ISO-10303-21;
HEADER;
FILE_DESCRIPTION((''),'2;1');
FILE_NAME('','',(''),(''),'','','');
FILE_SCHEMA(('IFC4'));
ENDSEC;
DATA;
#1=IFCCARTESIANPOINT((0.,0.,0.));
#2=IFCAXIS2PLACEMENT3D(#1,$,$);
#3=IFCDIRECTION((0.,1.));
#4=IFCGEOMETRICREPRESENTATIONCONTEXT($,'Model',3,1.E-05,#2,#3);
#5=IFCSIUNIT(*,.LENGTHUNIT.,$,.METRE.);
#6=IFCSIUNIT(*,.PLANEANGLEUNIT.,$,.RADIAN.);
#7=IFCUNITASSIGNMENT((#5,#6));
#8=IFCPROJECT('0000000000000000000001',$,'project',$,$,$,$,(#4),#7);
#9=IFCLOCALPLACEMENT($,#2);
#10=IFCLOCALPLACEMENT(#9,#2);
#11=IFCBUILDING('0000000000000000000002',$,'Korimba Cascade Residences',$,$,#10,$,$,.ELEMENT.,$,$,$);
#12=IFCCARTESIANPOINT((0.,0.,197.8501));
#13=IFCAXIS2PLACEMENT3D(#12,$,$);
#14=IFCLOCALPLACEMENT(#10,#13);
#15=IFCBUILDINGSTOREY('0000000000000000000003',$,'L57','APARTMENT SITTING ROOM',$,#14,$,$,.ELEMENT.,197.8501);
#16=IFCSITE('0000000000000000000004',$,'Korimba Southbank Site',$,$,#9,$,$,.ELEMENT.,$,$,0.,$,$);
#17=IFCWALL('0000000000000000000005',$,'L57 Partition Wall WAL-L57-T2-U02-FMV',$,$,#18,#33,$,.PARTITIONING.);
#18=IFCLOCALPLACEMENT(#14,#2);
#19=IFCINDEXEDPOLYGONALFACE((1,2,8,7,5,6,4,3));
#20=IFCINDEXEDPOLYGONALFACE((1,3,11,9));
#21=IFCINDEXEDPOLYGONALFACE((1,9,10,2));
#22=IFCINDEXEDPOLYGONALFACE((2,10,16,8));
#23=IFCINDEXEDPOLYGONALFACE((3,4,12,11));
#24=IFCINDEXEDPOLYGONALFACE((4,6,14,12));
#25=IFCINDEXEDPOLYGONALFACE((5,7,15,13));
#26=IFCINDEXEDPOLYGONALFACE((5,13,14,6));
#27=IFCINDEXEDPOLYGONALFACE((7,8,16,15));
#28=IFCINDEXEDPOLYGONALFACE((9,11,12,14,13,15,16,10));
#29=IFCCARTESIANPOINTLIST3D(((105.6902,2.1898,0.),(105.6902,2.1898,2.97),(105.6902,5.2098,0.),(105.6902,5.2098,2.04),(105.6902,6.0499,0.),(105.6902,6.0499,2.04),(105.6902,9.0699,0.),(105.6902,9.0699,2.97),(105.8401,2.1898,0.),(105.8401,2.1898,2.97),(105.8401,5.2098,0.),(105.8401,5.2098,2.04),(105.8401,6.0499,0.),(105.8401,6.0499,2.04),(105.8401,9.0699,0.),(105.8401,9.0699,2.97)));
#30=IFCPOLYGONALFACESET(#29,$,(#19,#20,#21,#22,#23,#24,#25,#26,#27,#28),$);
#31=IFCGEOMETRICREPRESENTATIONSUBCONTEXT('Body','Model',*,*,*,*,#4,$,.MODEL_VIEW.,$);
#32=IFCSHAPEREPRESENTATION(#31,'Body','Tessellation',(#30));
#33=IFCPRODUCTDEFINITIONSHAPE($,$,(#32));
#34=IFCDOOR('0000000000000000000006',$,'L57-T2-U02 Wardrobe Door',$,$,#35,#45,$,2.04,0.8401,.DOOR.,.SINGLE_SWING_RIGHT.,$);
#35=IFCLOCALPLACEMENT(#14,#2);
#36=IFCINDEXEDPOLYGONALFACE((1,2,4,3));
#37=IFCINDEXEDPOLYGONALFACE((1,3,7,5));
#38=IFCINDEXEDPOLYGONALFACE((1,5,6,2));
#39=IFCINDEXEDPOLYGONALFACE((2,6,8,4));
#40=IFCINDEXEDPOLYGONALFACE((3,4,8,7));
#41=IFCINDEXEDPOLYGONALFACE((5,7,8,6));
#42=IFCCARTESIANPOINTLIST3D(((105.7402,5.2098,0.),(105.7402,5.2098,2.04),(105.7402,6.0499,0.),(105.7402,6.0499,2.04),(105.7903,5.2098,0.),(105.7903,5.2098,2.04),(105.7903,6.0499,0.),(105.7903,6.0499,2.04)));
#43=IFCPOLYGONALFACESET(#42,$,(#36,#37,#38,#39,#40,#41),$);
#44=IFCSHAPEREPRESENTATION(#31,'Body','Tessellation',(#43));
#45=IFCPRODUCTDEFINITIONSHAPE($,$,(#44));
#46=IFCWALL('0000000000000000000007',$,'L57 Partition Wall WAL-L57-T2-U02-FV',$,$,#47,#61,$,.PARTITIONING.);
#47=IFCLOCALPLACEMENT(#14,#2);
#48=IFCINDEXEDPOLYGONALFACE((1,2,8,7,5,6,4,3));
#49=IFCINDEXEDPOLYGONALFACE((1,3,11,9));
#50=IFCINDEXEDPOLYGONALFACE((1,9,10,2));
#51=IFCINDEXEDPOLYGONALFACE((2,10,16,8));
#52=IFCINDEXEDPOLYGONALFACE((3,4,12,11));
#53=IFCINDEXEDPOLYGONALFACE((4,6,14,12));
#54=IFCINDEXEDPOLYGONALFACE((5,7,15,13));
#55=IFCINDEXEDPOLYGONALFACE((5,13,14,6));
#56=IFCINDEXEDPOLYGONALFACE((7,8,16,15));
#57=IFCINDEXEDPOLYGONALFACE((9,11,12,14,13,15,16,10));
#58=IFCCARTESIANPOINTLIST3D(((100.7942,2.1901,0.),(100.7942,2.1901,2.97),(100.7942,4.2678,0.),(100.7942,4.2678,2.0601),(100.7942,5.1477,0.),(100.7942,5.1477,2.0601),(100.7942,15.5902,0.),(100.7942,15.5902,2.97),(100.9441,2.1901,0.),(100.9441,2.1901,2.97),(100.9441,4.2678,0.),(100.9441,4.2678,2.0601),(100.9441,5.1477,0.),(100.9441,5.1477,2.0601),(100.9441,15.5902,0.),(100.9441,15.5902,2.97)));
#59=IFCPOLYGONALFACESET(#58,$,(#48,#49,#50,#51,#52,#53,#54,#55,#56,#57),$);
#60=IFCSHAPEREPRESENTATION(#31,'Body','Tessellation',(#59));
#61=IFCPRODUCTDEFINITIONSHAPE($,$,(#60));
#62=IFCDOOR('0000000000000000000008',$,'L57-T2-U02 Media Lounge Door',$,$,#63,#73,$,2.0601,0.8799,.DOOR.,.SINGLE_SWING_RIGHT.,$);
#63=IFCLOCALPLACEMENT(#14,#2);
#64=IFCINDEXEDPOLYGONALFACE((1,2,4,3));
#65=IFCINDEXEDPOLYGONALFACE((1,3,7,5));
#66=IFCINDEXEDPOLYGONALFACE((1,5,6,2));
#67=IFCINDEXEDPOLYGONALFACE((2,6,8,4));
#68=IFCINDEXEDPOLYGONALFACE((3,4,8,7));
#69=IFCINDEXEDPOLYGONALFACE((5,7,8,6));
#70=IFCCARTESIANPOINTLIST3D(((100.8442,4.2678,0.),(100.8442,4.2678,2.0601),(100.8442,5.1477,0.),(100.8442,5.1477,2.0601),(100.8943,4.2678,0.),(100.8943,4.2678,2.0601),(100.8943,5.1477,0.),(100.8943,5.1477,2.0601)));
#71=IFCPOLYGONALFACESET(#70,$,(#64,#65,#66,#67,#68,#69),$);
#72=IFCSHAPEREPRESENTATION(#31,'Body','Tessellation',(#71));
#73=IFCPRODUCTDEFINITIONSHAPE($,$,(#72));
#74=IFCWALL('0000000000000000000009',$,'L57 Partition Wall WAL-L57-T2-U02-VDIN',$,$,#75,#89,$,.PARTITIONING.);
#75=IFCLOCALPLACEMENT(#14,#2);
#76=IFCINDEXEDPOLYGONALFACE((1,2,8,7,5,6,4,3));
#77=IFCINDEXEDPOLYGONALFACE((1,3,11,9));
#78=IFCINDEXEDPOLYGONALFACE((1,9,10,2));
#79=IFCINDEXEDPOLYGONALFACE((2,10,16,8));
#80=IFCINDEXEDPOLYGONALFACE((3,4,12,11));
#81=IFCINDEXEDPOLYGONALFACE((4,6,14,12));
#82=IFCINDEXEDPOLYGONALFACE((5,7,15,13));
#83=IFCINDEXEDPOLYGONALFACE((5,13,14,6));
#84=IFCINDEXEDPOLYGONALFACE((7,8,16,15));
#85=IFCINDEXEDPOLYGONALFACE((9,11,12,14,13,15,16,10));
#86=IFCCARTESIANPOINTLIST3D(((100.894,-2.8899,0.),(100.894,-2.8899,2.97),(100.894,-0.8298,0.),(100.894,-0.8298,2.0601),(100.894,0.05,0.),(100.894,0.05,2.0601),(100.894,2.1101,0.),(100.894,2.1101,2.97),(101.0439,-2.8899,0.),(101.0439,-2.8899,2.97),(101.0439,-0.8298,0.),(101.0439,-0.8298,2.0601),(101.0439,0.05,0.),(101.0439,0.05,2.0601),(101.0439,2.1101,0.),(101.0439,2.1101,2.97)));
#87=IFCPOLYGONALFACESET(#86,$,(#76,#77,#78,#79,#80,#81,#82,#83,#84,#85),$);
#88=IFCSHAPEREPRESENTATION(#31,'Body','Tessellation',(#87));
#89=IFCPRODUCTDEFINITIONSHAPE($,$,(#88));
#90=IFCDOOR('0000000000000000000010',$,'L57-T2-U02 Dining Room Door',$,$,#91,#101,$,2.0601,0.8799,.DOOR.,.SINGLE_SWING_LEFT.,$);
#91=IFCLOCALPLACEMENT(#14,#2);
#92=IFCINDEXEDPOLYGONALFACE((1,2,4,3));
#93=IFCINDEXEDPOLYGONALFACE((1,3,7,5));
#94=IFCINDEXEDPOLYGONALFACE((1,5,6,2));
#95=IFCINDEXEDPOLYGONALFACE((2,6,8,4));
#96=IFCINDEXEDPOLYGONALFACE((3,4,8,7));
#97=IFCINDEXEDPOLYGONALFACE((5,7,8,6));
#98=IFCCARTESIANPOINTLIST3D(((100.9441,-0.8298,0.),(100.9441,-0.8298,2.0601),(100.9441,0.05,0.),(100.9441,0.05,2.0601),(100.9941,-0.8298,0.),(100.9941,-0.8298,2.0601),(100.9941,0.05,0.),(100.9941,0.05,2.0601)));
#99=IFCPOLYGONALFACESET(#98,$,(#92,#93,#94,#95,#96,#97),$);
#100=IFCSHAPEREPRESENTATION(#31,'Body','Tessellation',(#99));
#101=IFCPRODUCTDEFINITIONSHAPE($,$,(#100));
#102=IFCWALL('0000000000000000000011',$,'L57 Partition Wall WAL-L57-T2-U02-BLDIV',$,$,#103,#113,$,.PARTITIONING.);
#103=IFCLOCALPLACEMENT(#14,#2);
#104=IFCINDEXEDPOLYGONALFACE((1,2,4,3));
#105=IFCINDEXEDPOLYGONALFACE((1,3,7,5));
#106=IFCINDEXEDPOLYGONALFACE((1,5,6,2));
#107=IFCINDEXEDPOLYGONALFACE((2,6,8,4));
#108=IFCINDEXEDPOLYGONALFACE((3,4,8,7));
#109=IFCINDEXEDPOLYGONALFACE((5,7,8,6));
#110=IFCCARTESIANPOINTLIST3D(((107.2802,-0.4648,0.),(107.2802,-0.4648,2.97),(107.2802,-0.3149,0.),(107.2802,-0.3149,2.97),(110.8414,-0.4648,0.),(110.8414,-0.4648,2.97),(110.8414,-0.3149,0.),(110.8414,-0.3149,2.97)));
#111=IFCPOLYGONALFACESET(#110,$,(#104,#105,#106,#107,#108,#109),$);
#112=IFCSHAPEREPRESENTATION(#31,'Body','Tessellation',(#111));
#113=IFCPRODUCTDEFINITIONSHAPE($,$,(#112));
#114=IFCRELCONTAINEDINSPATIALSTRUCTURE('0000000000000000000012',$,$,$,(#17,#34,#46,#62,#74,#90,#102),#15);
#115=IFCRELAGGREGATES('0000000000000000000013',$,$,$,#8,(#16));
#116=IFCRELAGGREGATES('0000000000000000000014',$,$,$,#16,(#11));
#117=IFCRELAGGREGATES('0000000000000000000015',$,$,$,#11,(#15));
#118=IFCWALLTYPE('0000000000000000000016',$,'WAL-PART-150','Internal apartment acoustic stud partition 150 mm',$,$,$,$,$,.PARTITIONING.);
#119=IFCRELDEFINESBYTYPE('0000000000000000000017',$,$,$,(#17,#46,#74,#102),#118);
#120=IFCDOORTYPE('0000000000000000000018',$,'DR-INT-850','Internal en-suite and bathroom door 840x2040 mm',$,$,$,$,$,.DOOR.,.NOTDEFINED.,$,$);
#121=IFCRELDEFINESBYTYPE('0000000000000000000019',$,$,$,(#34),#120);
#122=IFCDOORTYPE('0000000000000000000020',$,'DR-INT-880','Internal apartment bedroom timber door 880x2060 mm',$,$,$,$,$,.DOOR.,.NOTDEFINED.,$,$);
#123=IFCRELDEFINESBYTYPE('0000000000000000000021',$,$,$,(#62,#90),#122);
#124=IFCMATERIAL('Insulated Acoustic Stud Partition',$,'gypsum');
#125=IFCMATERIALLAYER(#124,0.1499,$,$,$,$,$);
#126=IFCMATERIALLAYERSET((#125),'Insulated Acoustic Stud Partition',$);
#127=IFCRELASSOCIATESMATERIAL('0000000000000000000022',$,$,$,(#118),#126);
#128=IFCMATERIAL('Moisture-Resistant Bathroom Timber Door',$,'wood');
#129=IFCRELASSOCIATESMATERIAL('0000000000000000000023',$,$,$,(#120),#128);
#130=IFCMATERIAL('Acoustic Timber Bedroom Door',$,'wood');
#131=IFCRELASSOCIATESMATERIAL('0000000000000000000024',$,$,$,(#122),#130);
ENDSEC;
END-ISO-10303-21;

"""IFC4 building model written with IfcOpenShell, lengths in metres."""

from ifc_helpers import new_model, si_unit, direction, frame, frame_2d, origin, place, context, subcontext, project, spatial, rectangle, extrude, material, layer, layer_set, type_object, element, fill, save


model = new_model("IFC4")

# Units and contexts
model_context = context("Model", 3, precision=1e-05, world=origin(), true_north=direction((0.0, 1.0)))
body_context = subcontext(model_context, "Body", "Model", "MODEL_VIEW")
ifc_project = project(units=[si_unit("LENGTHUNIT", "METRE"), si_unit("PLANEANGLEUNIT", "RADIAN")], contexts=[model_context])

# Site, building, storey
site_placement = place(None, origin())
site = spatial("IfcSite", under=ifc_project, at=site_placement, Name="Korimba Southbank Site", CompositionType="ELEMENT", RefElevation=0.0)
building_placement = place(site_placement, origin())
building = spatial("IfcBuilding", under=site, at=building_placement, Name="Korimba Cascade Residences", CompositionType="ELEMENT")
storey_placement = place(building_placement, frame((0.0, 0.0, 197.8501)))
storey = spatial("IfcBuildingStorey", under=building, at=storey_placement, Name="L57", Description="APARTMENT SITTING ROOM", CompositionType="ELEMENT", Elevation=197.8501)

# Walls, openings, doors
ifc_material_1 = material(Name="Insulated Acoustic Stud Partition", Category="gypsum")
ifc_layer = layer(ifc_material_1, 0.1499)
ifc_layer_set = layer_set([ifc_layer], Name="Insulated Acoustic Stud Partition")
wall_type = type_object("IfcWallType", Name="WAL-PART-150", Description="Internal apartment acoustic stud partition 150 mm", PredefinedType="PARTITIONING", material=ifc_layer_set)
wall_1_placement = place(storey_placement, frame((105.7651, 2.1899, 0.0), z_axis=(0.0, 0.0, 1.0), x_axis=(0.0, 1.0, 0.0)))
wall_1 = element("IfcWall", 1, at=wall_1_placement, inside=storey, type_object=wall_type, Name="L57 Partition Wall WAL-L57-T2-U02-FMV", PredefinedType="PARTITIONING", context=body_context, shape_type="SweptSolid", body=[
    extrude(rectangle(XDim=6.8801, YDim=0.1499, at=frame_2d((3.4399, 0.0))), origin(), (0.0, 0.0, 1.0), 2.97),
])
opening_1_placement = place(wall_1_placement, frame((3.02, 0.0, 0.0)))
opening_1 = element("IfcOpeningElement", 2, at=opening_1_placement, cuts=wall_1, PredefinedType="OPENING", context=body_context, shape_type="SweptSolid", body=[
    extrude(rectangle(XDim=0.8401, YDim=2.04, at=frame_2d((0.4199, 1.02))), frame((0.0, 0.085, 0.0), z_axis=(0.0, -1.0, 0.0), x_axis=(1.0, 0.0, 0.0)), (0.0, 0.0, 1.0), 0.1699),
])
ifc_material_2 = material(Name="Moisture-Resistant Bathroom Timber Door", Category="wood")
door_type_1 = type_object("IfcDoorType", Name="DR-INT-850", Description="Internal en-suite and bathroom door 840x2040 mm", OperationType="NOTDEFINED", PredefinedType="DOOR", material=ifc_material_2)
door_1_placement = place(opening_1_placement, origin())
door_1 = element("IfcDoor", 3, at=door_1_placement, inside=storey, type_object=door_type_1, Name="L57-T2-U02 Wardrobe Door", OperationType="SINGLE_SWING_RIGHT", OverallHeight=2.04, OverallWidth=0.8401, PredefinedType="DOOR", context=body_context, shape_type="SweptSolid", body=[
    extrude(rectangle(XDim=0.8401, YDim=2.04, at=frame_2d((0.4199, 1.02))), frame((0.0, 0.0249, 0.0), z_axis=(0.0, -1.0, 0.0), x_axis=(1.0, 0.0, 0.0)), (0.0, 0.0, 1.0), 0.05),
])
fill(opening_1, door_1)
wall_2_placement = place(storey_placement, frame((100.8691, 2.1899, 0.0), z_axis=(0.0, 0.0, 1.0), x_axis=(0.0, 1.0, 0.0)))
wall_2 = element("IfcWall", 4, at=wall_2_placement, inside=storey, type_object=wall_type, Name="L57 Partition Wall WAL-L57-T2-U02-FV", PredefinedType="PARTITIONING", context=body_context, shape_type="SweptSolid", body=[
    extrude(rectangle(XDim=13.4001, YDim=0.1499, at=frame_2d((6.7002, 0.0))), origin(), (0.0, 0.0, 1.0), 2.97),
])
opening_2_placement = place(wall_2_placement, frame((2.0779, 0.0, 0.0)))
opening_2 = element("IfcOpeningElement", 5, at=opening_2_placement, cuts=wall_2, PredefinedType="OPENING", context=body_context, shape_type="SweptSolid", body=[
    extrude(rectangle(XDim=0.8799, YDim=2.0601, at=frame_2d((0.4399, 1.03))), frame((0.0, 0.085, 0.0), z_axis=(0.0, -1.0, 0.0), x_axis=(1.0, 0.0, 0.0)), (0.0, 0.0, 1.0), 0.1699),
])
ifc_material_3 = material(Name="Acoustic Timber Bedroom Door", Category="wood")
door_type_2 = type_object("IfcDoorType", Name="DR-INT-880", Description="Internal apartment bedroom timber door 880x2060 mm", OperationType="NOTDEFINED", PredefinedType="DOOR", material=ifc_material_3)
door_2_placement = place(opening_2_placement, origin())
door_2 = element("IfcDoor", 6, at=door_2_placement, inside=storey, type_object=door_type_2, Name="L57-T2-U02 Media Lounge Door", OperationType="SINGLE_SWING_RIGHT", OverallHeight=2.0601, OverallWidth=0.8799, PredefinedType="DOOR", context=body_context, shape_type="SweptSolid", body=[
    extrude(rectangle(XDim=0.8799, YDim=2.0601, at=frame_2d((0.4399, 1.03))), frame((0.0, 0.0249, 0.0), z_axis=(0.0, -1.0, 0.0), x_axis=(1.0, 0.0, 0.0)), (0.0, 0.0, 1.0), 0.05),
])
fill(opening_2, door_2)
wall_3_placement = place(storey_placement, frame((100.969, -2.8899, 0.0), z_axis=(0.0, 0.0, 1.0), x_axis=(0.0, 1.0, 0.0)))
wall_3 = element("IfcWall", 7, at=wall_3_placement, inside=storey, type_object=wall_type, Name="L57 Partition Wall WAL-L57-T2-U02-VDIN", PredefinedType="PARTITIONING", context=body_context, shape_type="SweptSolid", body=[
    extrude(rectangle(XDim=5.0, YDim=0.1499, at=frame_2d((2.5, 0.0))), origin(), (0.0, 0.0, 1.0), 2.97),
])
opening_3_placement = place(wall_3_placement, frame((2.0601, 0.0, 0.0)))
opening_3 = element("IfcOpeningElement", 8, at=opening_3_placement, cuts=wall_3, PredefinedType="OPENING", context=body_context, shape_type="SweptSolid", body=[
    extrude(rectangle(XDim=0.8799, YDim=2.0601, at=frame_2d((0.4399, 1.03))), frame((0.0, 0.085, 0.0), z_axis=(0.0, -1.0, 0.0), x_axis=(1.0, 0.0, 0.0)), (0.0, 0.0, 1.0), 0.1699),
])
door_3_placement = place(opening_3_placement, origin())
door_3 = element("IfcDoor", 9, at=door_3_placement, inside=storey, type_object=door_type_2, Name="L57-T2-U02 Dining Room Door", OperationType="SINGLE_SWING_LEFT", OverallHeight=2.0601, OverallWidth=0.8799, PredefinedType="DOOR", context=body_context, shape_type="SweptSolid", body=[
    extrude(rectangle(XDim=0.8799, YDim=2.0601, at=frame_2d((0.4399, 1.03))), frame((0.0, 0.0249, 0.0), z_axis=(0.0, -1.0, 0.0), x_axis=(1.0, 0.0, 0.0)), (0.0, 0.0, 1.0), 0.05),
])
fill(opening_3, door_3)

# Wall
wall_4_placement = place(storey_placement, frame((107.28, -0.3899, 0.0), z_axis=(0.0, 0.0, 1.0), x_axis=(1.0, 0.0, 0.0)))
element("IfcWall", 10, at=wall_4_placement, inside=storey, type_object=wall_type, Name="L57 Partition Wall WAL-L57-T2-U02-BLDIV", PredefinedType="PARTITIONING", context=body_context, shape_type="SweptSolid", body=[
    extrude(rectangle(XDim=3.5613, YDim=0.1499, at=frame_2d((1.7808, 0.0))), origin(), (0.0, 0.0, 1.0), 2.97),
])

save(model, "model.ifc")
